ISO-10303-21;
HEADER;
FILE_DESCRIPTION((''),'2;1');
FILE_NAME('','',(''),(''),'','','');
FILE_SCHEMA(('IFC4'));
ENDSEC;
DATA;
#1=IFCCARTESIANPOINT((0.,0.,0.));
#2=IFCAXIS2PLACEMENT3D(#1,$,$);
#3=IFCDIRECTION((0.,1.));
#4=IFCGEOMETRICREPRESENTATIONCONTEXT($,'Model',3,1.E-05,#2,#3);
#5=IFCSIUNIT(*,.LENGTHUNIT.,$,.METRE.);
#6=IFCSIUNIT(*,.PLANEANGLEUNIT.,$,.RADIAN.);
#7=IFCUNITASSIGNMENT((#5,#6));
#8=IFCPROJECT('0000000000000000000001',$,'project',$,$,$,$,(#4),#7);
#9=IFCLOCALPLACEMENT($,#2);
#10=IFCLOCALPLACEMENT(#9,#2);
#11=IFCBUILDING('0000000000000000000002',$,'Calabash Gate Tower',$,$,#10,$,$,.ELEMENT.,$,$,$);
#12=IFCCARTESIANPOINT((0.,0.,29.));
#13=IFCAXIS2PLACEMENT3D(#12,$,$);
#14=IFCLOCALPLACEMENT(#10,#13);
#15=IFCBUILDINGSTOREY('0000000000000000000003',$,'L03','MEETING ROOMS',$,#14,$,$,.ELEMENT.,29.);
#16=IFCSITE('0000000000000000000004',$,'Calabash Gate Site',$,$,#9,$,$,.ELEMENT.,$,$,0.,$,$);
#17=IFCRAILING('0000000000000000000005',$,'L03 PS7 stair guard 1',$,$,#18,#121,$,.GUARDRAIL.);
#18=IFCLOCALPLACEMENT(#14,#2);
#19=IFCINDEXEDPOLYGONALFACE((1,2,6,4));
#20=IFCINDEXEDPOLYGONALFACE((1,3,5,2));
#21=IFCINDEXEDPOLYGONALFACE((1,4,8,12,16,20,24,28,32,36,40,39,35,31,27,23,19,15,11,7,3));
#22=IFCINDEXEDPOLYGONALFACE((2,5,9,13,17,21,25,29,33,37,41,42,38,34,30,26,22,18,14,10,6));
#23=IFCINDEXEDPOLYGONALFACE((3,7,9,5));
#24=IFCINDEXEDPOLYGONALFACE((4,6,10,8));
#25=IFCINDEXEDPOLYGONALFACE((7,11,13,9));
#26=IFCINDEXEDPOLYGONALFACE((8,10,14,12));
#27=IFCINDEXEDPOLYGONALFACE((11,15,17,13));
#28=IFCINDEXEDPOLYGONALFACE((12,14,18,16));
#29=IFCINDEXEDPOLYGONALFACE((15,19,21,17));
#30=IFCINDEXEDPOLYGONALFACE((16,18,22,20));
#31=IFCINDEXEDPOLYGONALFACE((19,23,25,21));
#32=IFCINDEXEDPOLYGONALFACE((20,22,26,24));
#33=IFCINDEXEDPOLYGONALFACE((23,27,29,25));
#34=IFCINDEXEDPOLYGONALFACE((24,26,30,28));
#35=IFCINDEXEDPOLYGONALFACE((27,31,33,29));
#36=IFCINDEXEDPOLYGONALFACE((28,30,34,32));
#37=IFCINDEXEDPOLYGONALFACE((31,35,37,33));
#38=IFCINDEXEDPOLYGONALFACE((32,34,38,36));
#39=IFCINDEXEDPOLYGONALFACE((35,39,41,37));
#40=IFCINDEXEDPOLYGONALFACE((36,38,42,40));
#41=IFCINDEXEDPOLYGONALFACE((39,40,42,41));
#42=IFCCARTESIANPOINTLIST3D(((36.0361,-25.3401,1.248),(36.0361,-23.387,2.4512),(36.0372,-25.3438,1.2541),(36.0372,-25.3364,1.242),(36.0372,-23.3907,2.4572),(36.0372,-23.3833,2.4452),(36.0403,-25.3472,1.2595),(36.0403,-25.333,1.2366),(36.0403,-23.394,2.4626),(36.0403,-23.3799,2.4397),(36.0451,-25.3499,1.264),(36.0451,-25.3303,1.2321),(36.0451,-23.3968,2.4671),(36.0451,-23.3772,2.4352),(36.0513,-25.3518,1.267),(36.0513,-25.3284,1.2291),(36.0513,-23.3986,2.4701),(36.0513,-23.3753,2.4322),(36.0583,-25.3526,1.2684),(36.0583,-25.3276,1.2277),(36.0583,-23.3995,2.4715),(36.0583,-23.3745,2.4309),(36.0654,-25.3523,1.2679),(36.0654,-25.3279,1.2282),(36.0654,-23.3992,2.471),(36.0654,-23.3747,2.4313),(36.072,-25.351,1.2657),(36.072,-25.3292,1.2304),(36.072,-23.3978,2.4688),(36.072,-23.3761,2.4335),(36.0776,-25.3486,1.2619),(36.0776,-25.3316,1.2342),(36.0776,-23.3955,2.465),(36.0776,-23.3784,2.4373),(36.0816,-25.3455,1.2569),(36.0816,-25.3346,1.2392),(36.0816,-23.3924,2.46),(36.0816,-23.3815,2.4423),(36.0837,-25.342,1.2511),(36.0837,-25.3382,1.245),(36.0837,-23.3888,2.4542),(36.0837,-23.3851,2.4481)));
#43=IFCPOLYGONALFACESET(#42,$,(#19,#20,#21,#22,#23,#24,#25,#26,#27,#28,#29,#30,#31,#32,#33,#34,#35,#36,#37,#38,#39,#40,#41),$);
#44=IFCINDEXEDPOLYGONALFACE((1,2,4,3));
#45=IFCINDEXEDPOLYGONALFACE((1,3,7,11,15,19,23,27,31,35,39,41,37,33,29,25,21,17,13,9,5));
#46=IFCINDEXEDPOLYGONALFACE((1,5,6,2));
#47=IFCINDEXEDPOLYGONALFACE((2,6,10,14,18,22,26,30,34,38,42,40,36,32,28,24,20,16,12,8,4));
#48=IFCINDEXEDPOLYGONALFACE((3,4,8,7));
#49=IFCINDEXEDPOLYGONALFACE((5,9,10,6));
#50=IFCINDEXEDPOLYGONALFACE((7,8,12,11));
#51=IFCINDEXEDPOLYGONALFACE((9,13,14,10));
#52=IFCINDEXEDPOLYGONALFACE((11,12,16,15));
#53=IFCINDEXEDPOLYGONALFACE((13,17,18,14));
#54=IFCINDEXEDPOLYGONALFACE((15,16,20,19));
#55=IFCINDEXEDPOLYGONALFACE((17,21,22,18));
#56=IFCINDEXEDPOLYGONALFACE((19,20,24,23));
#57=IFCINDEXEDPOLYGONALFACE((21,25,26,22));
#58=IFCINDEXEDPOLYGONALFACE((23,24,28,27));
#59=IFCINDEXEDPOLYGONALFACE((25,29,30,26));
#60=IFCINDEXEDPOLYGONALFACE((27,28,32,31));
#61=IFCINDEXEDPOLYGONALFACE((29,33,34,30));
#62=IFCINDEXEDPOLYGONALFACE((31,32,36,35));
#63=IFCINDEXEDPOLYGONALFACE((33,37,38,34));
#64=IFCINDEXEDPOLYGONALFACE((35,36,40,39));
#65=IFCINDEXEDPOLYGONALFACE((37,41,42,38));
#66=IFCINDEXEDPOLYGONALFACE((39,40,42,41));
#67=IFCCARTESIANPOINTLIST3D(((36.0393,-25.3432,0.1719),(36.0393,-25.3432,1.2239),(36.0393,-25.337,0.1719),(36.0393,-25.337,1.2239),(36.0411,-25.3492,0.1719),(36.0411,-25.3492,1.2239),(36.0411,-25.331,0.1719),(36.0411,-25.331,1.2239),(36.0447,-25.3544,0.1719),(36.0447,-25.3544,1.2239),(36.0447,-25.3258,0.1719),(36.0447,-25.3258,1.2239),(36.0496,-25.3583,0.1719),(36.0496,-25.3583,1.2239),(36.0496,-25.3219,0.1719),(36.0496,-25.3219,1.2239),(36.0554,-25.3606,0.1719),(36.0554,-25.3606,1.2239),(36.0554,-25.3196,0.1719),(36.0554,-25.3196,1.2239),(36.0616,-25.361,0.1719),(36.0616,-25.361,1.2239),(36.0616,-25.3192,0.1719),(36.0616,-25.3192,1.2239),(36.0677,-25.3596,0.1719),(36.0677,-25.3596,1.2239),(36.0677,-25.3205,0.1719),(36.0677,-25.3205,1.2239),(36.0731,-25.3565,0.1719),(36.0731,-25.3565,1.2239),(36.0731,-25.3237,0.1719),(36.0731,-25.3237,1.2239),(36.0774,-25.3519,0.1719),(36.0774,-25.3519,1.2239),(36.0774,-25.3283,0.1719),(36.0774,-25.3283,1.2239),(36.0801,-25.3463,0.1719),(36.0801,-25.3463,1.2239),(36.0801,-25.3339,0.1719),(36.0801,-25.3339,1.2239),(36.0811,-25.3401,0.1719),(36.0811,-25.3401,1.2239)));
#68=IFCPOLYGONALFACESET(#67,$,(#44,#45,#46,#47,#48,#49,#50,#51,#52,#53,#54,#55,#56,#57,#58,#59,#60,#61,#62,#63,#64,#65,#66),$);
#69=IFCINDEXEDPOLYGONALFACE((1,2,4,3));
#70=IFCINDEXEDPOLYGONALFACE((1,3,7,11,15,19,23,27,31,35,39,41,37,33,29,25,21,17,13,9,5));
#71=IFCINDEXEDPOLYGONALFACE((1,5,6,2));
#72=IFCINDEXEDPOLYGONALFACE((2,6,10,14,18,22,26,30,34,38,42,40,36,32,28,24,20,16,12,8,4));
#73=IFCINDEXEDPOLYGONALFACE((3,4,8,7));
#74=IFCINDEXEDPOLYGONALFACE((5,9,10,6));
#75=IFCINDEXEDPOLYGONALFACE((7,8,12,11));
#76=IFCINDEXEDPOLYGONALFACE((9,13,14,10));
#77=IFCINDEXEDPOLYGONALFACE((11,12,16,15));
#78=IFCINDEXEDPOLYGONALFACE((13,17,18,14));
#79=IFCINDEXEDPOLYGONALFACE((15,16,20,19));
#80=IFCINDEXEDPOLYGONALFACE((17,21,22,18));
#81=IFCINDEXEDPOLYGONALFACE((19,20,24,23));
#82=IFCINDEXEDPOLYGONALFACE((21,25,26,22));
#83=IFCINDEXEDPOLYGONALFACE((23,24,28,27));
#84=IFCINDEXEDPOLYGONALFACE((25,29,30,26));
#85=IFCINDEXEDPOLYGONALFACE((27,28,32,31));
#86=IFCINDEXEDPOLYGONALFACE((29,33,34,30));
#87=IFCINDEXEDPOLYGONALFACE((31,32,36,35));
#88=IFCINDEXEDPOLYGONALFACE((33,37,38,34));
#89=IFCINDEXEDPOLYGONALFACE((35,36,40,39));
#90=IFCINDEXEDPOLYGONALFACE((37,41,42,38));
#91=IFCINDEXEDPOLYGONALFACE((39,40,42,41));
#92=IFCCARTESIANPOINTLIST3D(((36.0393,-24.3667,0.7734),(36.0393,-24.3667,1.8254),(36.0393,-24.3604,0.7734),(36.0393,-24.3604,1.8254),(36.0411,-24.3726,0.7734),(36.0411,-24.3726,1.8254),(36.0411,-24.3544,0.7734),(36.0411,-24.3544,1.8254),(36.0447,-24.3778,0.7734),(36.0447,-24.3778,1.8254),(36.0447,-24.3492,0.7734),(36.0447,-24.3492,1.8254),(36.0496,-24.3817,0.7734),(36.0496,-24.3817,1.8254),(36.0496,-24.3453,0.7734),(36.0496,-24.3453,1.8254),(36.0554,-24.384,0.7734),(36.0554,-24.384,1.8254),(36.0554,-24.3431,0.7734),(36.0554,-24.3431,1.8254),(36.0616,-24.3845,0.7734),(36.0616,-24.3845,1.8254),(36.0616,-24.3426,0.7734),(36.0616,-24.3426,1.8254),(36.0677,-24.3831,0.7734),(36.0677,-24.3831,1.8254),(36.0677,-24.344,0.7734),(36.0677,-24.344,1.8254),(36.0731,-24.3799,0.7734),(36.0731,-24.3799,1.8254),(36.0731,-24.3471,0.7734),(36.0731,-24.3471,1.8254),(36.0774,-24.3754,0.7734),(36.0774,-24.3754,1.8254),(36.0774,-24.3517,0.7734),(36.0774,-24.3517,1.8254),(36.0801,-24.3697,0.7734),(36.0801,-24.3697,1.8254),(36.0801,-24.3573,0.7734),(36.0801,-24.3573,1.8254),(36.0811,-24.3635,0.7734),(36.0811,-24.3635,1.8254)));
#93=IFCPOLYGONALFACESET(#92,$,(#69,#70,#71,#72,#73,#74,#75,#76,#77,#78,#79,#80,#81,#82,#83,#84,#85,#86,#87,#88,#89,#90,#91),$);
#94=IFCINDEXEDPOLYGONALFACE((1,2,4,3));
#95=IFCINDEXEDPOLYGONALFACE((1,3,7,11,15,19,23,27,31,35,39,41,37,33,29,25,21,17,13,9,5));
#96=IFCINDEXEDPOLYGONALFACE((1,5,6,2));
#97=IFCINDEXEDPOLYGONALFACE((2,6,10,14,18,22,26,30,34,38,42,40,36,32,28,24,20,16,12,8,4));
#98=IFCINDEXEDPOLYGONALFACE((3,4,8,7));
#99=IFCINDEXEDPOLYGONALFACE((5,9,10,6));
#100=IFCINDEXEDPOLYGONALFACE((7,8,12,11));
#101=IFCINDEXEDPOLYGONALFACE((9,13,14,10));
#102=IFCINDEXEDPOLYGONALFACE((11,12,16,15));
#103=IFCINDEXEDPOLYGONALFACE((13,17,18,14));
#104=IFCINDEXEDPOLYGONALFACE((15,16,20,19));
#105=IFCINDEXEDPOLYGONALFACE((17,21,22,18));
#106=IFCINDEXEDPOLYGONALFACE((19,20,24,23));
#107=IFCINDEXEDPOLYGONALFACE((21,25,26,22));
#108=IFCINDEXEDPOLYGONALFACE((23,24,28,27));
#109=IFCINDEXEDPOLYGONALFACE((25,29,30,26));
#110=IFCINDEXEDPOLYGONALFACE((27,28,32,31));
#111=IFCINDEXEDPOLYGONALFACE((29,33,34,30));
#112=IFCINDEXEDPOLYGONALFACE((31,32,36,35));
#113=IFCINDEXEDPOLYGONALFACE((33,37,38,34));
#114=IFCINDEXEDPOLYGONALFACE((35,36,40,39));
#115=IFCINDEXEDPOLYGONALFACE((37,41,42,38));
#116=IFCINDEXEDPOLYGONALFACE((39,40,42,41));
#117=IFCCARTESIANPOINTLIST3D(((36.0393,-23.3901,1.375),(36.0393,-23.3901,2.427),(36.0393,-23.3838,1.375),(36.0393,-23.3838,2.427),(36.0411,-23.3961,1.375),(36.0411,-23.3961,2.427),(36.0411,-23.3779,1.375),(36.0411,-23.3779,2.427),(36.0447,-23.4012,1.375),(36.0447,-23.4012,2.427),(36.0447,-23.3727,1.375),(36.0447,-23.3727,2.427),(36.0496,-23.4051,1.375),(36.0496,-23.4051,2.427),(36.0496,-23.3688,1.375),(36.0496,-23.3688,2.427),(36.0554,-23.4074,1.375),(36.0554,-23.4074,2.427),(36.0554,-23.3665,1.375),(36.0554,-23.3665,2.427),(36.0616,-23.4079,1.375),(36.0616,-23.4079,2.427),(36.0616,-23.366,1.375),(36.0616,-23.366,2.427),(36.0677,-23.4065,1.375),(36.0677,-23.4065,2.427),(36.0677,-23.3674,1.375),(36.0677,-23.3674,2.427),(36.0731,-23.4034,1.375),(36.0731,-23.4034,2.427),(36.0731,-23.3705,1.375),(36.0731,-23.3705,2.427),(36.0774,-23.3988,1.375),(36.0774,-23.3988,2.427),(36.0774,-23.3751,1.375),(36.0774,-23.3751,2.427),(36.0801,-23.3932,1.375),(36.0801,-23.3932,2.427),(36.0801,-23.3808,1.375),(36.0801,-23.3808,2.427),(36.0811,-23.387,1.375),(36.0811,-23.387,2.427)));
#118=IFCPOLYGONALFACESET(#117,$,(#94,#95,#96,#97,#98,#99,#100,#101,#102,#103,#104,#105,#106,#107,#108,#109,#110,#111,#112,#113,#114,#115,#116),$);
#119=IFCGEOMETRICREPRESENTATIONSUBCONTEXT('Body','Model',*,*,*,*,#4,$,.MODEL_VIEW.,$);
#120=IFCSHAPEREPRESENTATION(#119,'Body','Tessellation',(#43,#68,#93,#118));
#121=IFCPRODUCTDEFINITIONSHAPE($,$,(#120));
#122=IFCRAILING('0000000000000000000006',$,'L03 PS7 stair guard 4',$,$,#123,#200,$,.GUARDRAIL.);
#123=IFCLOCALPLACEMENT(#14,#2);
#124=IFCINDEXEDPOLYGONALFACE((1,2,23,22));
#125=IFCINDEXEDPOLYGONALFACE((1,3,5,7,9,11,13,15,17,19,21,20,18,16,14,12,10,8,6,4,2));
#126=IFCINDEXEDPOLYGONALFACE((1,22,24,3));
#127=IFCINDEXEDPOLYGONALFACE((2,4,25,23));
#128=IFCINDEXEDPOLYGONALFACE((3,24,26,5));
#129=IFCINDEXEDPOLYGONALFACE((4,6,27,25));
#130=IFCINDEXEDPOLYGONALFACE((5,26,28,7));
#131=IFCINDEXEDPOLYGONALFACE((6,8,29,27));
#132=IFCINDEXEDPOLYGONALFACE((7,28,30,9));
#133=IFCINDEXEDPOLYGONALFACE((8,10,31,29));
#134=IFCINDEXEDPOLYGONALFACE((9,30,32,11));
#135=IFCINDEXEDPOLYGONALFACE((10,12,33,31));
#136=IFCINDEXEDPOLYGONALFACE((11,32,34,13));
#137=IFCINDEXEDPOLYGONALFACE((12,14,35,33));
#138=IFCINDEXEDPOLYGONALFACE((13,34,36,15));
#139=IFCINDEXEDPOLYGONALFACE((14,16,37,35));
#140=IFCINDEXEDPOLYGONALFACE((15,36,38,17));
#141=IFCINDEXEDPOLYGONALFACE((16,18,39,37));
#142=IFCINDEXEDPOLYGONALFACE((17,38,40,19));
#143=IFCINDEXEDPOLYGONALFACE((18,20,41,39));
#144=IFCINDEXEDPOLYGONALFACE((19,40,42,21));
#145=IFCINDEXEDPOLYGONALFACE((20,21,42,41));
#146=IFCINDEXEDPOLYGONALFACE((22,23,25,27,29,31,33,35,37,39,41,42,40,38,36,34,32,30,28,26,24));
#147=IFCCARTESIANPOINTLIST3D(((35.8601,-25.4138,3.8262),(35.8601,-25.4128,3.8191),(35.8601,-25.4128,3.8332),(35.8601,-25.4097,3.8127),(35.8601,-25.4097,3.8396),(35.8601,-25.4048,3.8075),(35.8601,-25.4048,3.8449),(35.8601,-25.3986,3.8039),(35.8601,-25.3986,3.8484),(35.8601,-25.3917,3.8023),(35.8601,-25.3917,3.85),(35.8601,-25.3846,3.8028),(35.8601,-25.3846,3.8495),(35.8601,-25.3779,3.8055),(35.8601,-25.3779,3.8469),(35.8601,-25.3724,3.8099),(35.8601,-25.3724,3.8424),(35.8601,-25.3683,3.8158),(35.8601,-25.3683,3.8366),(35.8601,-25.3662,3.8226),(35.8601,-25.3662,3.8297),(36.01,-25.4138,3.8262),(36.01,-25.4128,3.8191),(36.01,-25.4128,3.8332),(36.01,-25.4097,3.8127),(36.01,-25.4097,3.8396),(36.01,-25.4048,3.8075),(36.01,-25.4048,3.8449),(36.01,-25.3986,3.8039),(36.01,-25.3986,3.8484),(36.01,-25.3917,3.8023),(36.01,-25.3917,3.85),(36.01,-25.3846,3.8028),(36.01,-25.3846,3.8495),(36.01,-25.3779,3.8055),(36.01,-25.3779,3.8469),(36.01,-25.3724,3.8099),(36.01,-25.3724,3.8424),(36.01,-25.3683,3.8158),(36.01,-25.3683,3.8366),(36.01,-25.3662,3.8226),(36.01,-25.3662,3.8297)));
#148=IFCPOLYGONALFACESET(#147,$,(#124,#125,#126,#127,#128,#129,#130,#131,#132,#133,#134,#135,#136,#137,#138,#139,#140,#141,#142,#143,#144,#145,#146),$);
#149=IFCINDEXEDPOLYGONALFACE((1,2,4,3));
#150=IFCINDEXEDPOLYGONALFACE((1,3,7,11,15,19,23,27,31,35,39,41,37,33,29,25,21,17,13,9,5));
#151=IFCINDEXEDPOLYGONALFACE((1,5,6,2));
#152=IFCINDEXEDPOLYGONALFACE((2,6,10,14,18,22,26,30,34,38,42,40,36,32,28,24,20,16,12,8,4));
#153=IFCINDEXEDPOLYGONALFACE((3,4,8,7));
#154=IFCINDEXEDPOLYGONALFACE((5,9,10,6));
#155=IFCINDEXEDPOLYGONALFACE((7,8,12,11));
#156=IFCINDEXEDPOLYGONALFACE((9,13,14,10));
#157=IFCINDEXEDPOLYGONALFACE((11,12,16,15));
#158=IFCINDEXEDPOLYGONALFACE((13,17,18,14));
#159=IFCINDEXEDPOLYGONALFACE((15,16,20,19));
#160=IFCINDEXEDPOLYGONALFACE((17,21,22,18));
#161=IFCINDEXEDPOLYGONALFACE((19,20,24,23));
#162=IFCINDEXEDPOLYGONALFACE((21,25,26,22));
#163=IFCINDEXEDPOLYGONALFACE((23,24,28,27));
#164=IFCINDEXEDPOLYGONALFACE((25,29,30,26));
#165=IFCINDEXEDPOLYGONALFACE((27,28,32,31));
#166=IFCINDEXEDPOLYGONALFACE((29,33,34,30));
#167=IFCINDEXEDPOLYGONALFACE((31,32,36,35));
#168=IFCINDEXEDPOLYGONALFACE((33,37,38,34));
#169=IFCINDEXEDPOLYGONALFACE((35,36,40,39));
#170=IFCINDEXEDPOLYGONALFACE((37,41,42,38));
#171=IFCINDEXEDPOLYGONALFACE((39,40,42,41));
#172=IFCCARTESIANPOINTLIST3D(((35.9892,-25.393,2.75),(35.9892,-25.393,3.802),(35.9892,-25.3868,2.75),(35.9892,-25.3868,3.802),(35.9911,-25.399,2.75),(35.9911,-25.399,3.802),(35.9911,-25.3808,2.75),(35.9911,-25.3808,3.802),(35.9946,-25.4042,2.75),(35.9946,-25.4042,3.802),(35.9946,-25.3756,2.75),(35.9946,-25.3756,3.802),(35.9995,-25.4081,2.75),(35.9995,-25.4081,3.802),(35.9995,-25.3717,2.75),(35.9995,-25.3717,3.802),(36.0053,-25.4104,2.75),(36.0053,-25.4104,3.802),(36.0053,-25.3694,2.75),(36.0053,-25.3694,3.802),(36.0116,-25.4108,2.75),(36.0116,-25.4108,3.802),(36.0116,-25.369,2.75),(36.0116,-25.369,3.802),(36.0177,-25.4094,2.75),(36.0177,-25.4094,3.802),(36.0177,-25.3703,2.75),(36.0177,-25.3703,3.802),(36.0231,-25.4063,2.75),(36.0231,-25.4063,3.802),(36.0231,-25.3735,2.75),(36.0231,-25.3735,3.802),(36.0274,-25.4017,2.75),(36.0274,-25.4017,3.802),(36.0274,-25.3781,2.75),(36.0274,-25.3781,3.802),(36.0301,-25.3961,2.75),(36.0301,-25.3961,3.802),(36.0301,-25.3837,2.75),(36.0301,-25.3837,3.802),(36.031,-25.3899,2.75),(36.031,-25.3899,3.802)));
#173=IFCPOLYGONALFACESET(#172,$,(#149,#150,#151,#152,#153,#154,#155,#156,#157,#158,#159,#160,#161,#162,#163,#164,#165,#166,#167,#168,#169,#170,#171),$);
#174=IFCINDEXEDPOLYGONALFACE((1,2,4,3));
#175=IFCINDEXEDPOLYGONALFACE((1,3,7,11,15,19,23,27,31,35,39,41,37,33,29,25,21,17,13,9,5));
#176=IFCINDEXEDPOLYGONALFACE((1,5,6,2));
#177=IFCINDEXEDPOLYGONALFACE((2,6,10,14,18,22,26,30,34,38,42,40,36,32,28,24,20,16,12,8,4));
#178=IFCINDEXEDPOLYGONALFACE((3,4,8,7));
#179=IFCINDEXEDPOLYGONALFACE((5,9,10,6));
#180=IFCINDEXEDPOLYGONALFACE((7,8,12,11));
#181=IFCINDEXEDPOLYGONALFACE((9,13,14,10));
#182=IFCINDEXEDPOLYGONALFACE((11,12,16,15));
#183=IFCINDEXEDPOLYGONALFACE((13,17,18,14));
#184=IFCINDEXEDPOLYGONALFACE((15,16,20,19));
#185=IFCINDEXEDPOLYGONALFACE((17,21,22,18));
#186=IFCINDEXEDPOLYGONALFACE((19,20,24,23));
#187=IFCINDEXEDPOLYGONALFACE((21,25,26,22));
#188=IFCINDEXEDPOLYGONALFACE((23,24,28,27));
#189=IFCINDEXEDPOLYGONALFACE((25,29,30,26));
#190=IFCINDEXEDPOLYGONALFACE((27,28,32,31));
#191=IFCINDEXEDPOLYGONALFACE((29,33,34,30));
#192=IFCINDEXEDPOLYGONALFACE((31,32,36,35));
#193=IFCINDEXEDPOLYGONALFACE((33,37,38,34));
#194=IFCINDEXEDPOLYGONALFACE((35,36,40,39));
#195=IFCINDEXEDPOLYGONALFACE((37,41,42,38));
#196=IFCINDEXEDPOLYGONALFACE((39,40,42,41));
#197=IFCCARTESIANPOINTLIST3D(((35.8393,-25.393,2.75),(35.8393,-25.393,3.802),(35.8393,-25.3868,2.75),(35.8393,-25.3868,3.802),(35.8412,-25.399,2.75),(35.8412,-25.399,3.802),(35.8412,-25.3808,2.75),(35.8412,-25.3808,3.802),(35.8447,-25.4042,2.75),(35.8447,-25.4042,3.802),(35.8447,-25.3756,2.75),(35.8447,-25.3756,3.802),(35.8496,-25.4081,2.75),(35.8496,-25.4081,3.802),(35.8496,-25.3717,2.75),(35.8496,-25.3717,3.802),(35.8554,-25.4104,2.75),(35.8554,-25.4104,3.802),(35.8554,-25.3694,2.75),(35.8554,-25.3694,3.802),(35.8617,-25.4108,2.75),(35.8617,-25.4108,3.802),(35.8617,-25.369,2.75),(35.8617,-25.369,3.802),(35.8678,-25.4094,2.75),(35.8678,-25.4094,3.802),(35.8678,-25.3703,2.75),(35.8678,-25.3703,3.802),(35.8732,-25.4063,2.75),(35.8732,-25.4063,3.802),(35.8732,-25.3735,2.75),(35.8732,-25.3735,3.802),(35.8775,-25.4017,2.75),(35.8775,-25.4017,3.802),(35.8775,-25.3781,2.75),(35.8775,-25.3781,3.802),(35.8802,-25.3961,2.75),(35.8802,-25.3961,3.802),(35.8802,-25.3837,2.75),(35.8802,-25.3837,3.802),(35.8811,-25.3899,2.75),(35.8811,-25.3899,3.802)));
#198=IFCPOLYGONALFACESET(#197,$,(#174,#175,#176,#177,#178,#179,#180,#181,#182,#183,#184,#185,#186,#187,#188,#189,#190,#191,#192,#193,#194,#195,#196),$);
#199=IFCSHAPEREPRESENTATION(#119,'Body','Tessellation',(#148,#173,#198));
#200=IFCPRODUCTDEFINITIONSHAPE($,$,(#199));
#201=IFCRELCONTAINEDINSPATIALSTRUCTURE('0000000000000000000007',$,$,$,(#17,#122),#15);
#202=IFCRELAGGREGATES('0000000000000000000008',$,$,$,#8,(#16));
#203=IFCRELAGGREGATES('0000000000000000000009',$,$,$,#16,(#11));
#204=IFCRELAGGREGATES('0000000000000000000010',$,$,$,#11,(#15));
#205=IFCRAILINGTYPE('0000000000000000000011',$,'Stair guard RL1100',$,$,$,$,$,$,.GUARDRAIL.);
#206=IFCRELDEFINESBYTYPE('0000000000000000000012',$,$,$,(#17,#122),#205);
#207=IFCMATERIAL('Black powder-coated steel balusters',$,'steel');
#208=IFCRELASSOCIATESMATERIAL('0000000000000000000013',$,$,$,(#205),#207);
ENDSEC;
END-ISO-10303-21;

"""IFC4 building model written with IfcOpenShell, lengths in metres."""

from ifc_helpers import new_model, si_unit, direction, frame, origin, origin_2d, place, context, subcontext, project, spatial, circle, extrude, material, type_object, element, save


model = new_model("IFC4")

# Units and contexts
model_context = context("Model", 3, precision=1e-05, world=origin(), true_north=direction((0.0, 1.0)))
body_context = subcontext(model_context, "Body", "Model", "MODEL_VIEW")
ifc_project = project(units=[si_unit("LENGTHUNIT", "METRE"), si_unit("PLANEANGLEUNIT", "RADIAN")], contexts=[model_context])

# Site, building, storey
site_placement = place(None, origin())
site = spatial("IfcSite", under=ifc_project, at=site_placement, Name="Calabash Gate Site", CompositionType="ELEMENT", RefElevation=0.0)
building_placement = place(site_placement, origin())
building = spatial("IfcBuilding", under=site, at=building_placement, Name="Calabash Gate Tower", CompositionType="ELEMENT")
storey_placement = place(building_placement, frame((0.0, 0.0, 29.0)))
storey = spatial("IfcBuildingStorey", under=building, at=storey_placement, Name="L03", Description="MEETING ROOMS", CompositionType="ELEMENT", Elevation=29.0)

# Railings
ifc_material_1 = material(Name="Black powder-coated steel balusters", Category="steel")
railing_type_1 = type_object("IfcRailingType", Name="Stair guard RL1100", PredefinedType="GUARDRAIL", material=ifc_material_1)
railing_1_placement = place(storey_placement, frame((36.0601, -25.3401, 0.1719)))
element("IfcRailing", 1, at=railing_1_placement, inside=storey, type_object=railing_type_1, Name="L03 PS7 stair guard 1", PredefinedType="GUARDRAIL", context=body_context, shape_type="SweptSolid", body=[
    extrude(circle(Radius=0.0239, at=origin_2d()), frame((0.0, 0.0, 1.0762), z_axis=(0.0, 0.851424, 0.524477), x_axis=(-1.0, 0.0, 0.0)), (0.0, 0.0, 1.0), 2.2939),
    extrude(circle(Radius=0.021, at=origin_2d()), origin(), (0.0, 0.0, 1.0), 1.052),
    extrude(circle(Radius=0.021, at=origin_2d()), frame((0.0, 0.9766, 0.6016)), (0.0, 0.0, 1.0), 1.052),
    extrude(circle(Radius=0.021, at=origin_2d()), frame((0.0, 1.9531, 1.2031)), (0.0, 0.0, 1.0), 1.052),
])
railing_2_placement = place(storey_placement, frame((36.01, -25.3899, 2.75)))
element("IfcRailing", 2, at=railing_2_placement, inside=storey, type_object=railing_type_1, Name="L03 PS7 stair guard 4", PredefinedType="GUARDRAIL", context=body_context, shape_type="SweptSolid", body=[
    extrude(circle(Radius=0.0239, at=origin_2d()), frame((0.0, 0.0, 1.0762), z_axis=(-1.0, 0.0, 0.0), x_axis=(0.0, -1.0, 0.0)), (0.0, 0.0, 1.0), 0.1499),
    extrude(circle(Radius=0.021, at=origin_2d()), origin(), (0.0, 0.0, 1.0), 1.052),
    extrude(circle(Radius=0.021, at=origin_2d()), frame((-0.1499, 0.0, 0.0)), (0.0, 0.0, 1.0), 1.052),
])

save(model, "model.ifc")
